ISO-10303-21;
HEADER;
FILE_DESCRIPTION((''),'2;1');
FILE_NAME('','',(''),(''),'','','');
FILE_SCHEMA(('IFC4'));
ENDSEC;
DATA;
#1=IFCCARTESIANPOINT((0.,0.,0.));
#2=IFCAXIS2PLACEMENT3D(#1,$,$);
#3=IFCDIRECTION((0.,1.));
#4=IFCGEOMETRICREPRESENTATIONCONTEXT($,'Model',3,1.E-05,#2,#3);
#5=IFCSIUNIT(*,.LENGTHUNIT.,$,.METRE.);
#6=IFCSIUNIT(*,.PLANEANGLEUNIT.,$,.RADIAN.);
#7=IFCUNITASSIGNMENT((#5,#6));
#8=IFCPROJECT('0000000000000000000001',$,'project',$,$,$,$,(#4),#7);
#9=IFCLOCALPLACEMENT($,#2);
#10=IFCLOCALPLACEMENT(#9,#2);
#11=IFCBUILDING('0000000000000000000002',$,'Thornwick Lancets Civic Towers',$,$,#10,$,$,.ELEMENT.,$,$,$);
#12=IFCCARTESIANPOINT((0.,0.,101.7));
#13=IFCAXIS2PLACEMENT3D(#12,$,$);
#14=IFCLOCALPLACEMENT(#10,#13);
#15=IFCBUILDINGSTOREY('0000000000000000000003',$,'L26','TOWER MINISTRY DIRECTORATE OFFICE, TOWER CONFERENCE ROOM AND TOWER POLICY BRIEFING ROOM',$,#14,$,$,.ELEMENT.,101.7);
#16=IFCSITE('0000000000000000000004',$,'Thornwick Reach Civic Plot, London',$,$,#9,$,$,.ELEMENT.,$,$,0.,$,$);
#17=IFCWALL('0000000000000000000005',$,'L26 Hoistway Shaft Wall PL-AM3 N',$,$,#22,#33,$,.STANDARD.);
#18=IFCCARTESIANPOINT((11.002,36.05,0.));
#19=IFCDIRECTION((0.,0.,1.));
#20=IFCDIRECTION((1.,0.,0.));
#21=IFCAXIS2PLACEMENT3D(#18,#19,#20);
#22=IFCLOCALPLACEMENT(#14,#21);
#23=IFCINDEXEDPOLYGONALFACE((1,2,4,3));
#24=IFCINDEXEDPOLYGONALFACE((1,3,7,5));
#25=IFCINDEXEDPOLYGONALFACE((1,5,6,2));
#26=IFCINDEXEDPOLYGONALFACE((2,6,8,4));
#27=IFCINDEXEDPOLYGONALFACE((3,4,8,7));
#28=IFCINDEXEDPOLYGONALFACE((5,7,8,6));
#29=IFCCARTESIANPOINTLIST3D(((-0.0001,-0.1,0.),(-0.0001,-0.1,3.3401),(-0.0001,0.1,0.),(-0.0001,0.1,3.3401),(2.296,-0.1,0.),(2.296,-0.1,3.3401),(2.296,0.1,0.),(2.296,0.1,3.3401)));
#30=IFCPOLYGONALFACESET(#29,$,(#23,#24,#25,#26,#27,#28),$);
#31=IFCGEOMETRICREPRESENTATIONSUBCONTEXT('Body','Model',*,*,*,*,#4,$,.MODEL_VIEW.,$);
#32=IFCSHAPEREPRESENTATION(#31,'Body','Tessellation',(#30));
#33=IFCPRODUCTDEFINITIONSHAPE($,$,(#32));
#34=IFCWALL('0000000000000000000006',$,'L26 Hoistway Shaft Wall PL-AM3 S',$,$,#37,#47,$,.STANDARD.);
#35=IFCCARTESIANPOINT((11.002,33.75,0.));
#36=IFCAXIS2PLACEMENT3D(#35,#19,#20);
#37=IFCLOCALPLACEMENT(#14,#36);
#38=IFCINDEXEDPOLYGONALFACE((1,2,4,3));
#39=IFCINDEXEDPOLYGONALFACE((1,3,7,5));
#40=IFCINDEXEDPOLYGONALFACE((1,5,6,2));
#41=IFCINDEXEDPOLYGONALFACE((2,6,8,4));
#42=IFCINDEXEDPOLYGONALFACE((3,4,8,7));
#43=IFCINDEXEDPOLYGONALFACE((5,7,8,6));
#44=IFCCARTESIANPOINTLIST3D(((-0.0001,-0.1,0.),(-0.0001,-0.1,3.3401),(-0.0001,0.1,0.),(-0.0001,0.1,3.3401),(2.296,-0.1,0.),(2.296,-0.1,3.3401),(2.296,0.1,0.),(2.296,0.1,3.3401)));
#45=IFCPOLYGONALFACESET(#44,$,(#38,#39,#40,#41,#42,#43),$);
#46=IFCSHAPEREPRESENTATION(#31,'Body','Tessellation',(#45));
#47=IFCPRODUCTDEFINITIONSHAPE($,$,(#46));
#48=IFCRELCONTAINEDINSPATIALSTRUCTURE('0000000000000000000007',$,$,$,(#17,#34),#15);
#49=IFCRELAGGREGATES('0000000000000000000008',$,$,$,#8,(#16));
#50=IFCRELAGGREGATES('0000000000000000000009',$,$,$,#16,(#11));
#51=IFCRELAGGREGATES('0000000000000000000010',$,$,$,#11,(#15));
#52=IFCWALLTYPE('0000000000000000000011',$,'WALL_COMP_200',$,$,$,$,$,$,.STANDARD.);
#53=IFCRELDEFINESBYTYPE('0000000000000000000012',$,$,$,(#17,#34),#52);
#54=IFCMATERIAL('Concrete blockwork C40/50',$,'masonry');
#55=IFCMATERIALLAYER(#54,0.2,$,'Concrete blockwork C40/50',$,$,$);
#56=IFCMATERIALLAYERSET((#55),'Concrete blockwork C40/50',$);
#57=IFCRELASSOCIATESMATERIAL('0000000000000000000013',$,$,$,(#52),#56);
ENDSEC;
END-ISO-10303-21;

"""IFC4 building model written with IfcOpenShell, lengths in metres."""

from ifc_helpers import new_model, si_unit, direction, frame, frame_2d, origin, place, context, subcontext, project, spatial, rectangle, extrude, material, layer, layer_set, type_object, element, save


model = new_model("IFC4")

# Units and contexts
model_context = context("Model", 3, precision=1e-05, world=origin(), true_north=direction((0.0, 1.0)))
body_context = subcontext(model_context, "Body", "Model", "MODEL_VIEW")
ifc_project = project(units=[si_unit("LENGTHUNIT", "METRE"), si_unit("PLANEANGLEUNIT", "RADIAN")], contexts=[model_context])

# Site, building, storey
site_placement = place(None, origin())
site = spatial("IfcSite", under=ifc_project, at=site_placement, Name="Thornwick Reach Civic Plot, London", CompositionType="ELEMENT", RefElevation=0.0)
building_placement = place(site_placement, origin())
building = spatial("IfcBuilding", under=site, at=building_placement, Name="Thornwick Lancets Civic Towers", CompositionType="ELEMENT")
storey_placement = place(building_placement, frame((0.0, 0.0, 101.7)))
storey = spatial("IfcBuildingStorey", under=building, at=storey_placement, Name="L26", Description="TOWER MINISTRY DIRECTORATE OFFICE, TOWER CONFERENCE ROOM AND TOWER POLICY BRIEFING ROOM", CompositionType="ELEMENT", Elevation=101.7)

# Shared definitions
ifc_material_1 = material(Name="Concrete blockwork C40/50", Category="masonry")
ifc_layer_1 = layer(ifc_material_1, 0.2, Name="Concrete blockwork C40/50")
ifc_layer_set_1 = layer_set([ifc_layer_1], Name="Concrete blockwork C40/50")
wall_type_1 = type_object("IfcWallType", Name="WALL_COMP_200", PredefinedType="STANDARD", material=ifc_layer_set_1)

# Walls
for number, where, z_axis, x_axis, name in (
    (1, (11.002, 36.05, 0.0), (0.0, 0.0, 1.0), (1.0, 0.0, 0.0), "L26 Hoistway Shaft Wall PL-AM3 N"),
    (2, (11.002, 33.75, 0.0), (0.0, 0.0, 1.0), (1.0, 0.0, 0.0), "L26 Hoistway Shaft Wall PL-AM3 S"),
):
    element("IfcWall", number, at=place(storey_placement, frame(where, z_axis=z_axis, x_axis=x_axis)), inside=storey, type_object=wall_type_1, Name=name, PredefinedType="STANDARD", context=body_context, shape_type="SweptSolid", body=[
        extrude(rectangle(XDim=2.2961, YDim=0.2, at=frame_2d((1.1479, 0.0))), origin(), (0.0, 0.0, 1.0), 3.3401),
    ])

save(model, "model.ifc")
